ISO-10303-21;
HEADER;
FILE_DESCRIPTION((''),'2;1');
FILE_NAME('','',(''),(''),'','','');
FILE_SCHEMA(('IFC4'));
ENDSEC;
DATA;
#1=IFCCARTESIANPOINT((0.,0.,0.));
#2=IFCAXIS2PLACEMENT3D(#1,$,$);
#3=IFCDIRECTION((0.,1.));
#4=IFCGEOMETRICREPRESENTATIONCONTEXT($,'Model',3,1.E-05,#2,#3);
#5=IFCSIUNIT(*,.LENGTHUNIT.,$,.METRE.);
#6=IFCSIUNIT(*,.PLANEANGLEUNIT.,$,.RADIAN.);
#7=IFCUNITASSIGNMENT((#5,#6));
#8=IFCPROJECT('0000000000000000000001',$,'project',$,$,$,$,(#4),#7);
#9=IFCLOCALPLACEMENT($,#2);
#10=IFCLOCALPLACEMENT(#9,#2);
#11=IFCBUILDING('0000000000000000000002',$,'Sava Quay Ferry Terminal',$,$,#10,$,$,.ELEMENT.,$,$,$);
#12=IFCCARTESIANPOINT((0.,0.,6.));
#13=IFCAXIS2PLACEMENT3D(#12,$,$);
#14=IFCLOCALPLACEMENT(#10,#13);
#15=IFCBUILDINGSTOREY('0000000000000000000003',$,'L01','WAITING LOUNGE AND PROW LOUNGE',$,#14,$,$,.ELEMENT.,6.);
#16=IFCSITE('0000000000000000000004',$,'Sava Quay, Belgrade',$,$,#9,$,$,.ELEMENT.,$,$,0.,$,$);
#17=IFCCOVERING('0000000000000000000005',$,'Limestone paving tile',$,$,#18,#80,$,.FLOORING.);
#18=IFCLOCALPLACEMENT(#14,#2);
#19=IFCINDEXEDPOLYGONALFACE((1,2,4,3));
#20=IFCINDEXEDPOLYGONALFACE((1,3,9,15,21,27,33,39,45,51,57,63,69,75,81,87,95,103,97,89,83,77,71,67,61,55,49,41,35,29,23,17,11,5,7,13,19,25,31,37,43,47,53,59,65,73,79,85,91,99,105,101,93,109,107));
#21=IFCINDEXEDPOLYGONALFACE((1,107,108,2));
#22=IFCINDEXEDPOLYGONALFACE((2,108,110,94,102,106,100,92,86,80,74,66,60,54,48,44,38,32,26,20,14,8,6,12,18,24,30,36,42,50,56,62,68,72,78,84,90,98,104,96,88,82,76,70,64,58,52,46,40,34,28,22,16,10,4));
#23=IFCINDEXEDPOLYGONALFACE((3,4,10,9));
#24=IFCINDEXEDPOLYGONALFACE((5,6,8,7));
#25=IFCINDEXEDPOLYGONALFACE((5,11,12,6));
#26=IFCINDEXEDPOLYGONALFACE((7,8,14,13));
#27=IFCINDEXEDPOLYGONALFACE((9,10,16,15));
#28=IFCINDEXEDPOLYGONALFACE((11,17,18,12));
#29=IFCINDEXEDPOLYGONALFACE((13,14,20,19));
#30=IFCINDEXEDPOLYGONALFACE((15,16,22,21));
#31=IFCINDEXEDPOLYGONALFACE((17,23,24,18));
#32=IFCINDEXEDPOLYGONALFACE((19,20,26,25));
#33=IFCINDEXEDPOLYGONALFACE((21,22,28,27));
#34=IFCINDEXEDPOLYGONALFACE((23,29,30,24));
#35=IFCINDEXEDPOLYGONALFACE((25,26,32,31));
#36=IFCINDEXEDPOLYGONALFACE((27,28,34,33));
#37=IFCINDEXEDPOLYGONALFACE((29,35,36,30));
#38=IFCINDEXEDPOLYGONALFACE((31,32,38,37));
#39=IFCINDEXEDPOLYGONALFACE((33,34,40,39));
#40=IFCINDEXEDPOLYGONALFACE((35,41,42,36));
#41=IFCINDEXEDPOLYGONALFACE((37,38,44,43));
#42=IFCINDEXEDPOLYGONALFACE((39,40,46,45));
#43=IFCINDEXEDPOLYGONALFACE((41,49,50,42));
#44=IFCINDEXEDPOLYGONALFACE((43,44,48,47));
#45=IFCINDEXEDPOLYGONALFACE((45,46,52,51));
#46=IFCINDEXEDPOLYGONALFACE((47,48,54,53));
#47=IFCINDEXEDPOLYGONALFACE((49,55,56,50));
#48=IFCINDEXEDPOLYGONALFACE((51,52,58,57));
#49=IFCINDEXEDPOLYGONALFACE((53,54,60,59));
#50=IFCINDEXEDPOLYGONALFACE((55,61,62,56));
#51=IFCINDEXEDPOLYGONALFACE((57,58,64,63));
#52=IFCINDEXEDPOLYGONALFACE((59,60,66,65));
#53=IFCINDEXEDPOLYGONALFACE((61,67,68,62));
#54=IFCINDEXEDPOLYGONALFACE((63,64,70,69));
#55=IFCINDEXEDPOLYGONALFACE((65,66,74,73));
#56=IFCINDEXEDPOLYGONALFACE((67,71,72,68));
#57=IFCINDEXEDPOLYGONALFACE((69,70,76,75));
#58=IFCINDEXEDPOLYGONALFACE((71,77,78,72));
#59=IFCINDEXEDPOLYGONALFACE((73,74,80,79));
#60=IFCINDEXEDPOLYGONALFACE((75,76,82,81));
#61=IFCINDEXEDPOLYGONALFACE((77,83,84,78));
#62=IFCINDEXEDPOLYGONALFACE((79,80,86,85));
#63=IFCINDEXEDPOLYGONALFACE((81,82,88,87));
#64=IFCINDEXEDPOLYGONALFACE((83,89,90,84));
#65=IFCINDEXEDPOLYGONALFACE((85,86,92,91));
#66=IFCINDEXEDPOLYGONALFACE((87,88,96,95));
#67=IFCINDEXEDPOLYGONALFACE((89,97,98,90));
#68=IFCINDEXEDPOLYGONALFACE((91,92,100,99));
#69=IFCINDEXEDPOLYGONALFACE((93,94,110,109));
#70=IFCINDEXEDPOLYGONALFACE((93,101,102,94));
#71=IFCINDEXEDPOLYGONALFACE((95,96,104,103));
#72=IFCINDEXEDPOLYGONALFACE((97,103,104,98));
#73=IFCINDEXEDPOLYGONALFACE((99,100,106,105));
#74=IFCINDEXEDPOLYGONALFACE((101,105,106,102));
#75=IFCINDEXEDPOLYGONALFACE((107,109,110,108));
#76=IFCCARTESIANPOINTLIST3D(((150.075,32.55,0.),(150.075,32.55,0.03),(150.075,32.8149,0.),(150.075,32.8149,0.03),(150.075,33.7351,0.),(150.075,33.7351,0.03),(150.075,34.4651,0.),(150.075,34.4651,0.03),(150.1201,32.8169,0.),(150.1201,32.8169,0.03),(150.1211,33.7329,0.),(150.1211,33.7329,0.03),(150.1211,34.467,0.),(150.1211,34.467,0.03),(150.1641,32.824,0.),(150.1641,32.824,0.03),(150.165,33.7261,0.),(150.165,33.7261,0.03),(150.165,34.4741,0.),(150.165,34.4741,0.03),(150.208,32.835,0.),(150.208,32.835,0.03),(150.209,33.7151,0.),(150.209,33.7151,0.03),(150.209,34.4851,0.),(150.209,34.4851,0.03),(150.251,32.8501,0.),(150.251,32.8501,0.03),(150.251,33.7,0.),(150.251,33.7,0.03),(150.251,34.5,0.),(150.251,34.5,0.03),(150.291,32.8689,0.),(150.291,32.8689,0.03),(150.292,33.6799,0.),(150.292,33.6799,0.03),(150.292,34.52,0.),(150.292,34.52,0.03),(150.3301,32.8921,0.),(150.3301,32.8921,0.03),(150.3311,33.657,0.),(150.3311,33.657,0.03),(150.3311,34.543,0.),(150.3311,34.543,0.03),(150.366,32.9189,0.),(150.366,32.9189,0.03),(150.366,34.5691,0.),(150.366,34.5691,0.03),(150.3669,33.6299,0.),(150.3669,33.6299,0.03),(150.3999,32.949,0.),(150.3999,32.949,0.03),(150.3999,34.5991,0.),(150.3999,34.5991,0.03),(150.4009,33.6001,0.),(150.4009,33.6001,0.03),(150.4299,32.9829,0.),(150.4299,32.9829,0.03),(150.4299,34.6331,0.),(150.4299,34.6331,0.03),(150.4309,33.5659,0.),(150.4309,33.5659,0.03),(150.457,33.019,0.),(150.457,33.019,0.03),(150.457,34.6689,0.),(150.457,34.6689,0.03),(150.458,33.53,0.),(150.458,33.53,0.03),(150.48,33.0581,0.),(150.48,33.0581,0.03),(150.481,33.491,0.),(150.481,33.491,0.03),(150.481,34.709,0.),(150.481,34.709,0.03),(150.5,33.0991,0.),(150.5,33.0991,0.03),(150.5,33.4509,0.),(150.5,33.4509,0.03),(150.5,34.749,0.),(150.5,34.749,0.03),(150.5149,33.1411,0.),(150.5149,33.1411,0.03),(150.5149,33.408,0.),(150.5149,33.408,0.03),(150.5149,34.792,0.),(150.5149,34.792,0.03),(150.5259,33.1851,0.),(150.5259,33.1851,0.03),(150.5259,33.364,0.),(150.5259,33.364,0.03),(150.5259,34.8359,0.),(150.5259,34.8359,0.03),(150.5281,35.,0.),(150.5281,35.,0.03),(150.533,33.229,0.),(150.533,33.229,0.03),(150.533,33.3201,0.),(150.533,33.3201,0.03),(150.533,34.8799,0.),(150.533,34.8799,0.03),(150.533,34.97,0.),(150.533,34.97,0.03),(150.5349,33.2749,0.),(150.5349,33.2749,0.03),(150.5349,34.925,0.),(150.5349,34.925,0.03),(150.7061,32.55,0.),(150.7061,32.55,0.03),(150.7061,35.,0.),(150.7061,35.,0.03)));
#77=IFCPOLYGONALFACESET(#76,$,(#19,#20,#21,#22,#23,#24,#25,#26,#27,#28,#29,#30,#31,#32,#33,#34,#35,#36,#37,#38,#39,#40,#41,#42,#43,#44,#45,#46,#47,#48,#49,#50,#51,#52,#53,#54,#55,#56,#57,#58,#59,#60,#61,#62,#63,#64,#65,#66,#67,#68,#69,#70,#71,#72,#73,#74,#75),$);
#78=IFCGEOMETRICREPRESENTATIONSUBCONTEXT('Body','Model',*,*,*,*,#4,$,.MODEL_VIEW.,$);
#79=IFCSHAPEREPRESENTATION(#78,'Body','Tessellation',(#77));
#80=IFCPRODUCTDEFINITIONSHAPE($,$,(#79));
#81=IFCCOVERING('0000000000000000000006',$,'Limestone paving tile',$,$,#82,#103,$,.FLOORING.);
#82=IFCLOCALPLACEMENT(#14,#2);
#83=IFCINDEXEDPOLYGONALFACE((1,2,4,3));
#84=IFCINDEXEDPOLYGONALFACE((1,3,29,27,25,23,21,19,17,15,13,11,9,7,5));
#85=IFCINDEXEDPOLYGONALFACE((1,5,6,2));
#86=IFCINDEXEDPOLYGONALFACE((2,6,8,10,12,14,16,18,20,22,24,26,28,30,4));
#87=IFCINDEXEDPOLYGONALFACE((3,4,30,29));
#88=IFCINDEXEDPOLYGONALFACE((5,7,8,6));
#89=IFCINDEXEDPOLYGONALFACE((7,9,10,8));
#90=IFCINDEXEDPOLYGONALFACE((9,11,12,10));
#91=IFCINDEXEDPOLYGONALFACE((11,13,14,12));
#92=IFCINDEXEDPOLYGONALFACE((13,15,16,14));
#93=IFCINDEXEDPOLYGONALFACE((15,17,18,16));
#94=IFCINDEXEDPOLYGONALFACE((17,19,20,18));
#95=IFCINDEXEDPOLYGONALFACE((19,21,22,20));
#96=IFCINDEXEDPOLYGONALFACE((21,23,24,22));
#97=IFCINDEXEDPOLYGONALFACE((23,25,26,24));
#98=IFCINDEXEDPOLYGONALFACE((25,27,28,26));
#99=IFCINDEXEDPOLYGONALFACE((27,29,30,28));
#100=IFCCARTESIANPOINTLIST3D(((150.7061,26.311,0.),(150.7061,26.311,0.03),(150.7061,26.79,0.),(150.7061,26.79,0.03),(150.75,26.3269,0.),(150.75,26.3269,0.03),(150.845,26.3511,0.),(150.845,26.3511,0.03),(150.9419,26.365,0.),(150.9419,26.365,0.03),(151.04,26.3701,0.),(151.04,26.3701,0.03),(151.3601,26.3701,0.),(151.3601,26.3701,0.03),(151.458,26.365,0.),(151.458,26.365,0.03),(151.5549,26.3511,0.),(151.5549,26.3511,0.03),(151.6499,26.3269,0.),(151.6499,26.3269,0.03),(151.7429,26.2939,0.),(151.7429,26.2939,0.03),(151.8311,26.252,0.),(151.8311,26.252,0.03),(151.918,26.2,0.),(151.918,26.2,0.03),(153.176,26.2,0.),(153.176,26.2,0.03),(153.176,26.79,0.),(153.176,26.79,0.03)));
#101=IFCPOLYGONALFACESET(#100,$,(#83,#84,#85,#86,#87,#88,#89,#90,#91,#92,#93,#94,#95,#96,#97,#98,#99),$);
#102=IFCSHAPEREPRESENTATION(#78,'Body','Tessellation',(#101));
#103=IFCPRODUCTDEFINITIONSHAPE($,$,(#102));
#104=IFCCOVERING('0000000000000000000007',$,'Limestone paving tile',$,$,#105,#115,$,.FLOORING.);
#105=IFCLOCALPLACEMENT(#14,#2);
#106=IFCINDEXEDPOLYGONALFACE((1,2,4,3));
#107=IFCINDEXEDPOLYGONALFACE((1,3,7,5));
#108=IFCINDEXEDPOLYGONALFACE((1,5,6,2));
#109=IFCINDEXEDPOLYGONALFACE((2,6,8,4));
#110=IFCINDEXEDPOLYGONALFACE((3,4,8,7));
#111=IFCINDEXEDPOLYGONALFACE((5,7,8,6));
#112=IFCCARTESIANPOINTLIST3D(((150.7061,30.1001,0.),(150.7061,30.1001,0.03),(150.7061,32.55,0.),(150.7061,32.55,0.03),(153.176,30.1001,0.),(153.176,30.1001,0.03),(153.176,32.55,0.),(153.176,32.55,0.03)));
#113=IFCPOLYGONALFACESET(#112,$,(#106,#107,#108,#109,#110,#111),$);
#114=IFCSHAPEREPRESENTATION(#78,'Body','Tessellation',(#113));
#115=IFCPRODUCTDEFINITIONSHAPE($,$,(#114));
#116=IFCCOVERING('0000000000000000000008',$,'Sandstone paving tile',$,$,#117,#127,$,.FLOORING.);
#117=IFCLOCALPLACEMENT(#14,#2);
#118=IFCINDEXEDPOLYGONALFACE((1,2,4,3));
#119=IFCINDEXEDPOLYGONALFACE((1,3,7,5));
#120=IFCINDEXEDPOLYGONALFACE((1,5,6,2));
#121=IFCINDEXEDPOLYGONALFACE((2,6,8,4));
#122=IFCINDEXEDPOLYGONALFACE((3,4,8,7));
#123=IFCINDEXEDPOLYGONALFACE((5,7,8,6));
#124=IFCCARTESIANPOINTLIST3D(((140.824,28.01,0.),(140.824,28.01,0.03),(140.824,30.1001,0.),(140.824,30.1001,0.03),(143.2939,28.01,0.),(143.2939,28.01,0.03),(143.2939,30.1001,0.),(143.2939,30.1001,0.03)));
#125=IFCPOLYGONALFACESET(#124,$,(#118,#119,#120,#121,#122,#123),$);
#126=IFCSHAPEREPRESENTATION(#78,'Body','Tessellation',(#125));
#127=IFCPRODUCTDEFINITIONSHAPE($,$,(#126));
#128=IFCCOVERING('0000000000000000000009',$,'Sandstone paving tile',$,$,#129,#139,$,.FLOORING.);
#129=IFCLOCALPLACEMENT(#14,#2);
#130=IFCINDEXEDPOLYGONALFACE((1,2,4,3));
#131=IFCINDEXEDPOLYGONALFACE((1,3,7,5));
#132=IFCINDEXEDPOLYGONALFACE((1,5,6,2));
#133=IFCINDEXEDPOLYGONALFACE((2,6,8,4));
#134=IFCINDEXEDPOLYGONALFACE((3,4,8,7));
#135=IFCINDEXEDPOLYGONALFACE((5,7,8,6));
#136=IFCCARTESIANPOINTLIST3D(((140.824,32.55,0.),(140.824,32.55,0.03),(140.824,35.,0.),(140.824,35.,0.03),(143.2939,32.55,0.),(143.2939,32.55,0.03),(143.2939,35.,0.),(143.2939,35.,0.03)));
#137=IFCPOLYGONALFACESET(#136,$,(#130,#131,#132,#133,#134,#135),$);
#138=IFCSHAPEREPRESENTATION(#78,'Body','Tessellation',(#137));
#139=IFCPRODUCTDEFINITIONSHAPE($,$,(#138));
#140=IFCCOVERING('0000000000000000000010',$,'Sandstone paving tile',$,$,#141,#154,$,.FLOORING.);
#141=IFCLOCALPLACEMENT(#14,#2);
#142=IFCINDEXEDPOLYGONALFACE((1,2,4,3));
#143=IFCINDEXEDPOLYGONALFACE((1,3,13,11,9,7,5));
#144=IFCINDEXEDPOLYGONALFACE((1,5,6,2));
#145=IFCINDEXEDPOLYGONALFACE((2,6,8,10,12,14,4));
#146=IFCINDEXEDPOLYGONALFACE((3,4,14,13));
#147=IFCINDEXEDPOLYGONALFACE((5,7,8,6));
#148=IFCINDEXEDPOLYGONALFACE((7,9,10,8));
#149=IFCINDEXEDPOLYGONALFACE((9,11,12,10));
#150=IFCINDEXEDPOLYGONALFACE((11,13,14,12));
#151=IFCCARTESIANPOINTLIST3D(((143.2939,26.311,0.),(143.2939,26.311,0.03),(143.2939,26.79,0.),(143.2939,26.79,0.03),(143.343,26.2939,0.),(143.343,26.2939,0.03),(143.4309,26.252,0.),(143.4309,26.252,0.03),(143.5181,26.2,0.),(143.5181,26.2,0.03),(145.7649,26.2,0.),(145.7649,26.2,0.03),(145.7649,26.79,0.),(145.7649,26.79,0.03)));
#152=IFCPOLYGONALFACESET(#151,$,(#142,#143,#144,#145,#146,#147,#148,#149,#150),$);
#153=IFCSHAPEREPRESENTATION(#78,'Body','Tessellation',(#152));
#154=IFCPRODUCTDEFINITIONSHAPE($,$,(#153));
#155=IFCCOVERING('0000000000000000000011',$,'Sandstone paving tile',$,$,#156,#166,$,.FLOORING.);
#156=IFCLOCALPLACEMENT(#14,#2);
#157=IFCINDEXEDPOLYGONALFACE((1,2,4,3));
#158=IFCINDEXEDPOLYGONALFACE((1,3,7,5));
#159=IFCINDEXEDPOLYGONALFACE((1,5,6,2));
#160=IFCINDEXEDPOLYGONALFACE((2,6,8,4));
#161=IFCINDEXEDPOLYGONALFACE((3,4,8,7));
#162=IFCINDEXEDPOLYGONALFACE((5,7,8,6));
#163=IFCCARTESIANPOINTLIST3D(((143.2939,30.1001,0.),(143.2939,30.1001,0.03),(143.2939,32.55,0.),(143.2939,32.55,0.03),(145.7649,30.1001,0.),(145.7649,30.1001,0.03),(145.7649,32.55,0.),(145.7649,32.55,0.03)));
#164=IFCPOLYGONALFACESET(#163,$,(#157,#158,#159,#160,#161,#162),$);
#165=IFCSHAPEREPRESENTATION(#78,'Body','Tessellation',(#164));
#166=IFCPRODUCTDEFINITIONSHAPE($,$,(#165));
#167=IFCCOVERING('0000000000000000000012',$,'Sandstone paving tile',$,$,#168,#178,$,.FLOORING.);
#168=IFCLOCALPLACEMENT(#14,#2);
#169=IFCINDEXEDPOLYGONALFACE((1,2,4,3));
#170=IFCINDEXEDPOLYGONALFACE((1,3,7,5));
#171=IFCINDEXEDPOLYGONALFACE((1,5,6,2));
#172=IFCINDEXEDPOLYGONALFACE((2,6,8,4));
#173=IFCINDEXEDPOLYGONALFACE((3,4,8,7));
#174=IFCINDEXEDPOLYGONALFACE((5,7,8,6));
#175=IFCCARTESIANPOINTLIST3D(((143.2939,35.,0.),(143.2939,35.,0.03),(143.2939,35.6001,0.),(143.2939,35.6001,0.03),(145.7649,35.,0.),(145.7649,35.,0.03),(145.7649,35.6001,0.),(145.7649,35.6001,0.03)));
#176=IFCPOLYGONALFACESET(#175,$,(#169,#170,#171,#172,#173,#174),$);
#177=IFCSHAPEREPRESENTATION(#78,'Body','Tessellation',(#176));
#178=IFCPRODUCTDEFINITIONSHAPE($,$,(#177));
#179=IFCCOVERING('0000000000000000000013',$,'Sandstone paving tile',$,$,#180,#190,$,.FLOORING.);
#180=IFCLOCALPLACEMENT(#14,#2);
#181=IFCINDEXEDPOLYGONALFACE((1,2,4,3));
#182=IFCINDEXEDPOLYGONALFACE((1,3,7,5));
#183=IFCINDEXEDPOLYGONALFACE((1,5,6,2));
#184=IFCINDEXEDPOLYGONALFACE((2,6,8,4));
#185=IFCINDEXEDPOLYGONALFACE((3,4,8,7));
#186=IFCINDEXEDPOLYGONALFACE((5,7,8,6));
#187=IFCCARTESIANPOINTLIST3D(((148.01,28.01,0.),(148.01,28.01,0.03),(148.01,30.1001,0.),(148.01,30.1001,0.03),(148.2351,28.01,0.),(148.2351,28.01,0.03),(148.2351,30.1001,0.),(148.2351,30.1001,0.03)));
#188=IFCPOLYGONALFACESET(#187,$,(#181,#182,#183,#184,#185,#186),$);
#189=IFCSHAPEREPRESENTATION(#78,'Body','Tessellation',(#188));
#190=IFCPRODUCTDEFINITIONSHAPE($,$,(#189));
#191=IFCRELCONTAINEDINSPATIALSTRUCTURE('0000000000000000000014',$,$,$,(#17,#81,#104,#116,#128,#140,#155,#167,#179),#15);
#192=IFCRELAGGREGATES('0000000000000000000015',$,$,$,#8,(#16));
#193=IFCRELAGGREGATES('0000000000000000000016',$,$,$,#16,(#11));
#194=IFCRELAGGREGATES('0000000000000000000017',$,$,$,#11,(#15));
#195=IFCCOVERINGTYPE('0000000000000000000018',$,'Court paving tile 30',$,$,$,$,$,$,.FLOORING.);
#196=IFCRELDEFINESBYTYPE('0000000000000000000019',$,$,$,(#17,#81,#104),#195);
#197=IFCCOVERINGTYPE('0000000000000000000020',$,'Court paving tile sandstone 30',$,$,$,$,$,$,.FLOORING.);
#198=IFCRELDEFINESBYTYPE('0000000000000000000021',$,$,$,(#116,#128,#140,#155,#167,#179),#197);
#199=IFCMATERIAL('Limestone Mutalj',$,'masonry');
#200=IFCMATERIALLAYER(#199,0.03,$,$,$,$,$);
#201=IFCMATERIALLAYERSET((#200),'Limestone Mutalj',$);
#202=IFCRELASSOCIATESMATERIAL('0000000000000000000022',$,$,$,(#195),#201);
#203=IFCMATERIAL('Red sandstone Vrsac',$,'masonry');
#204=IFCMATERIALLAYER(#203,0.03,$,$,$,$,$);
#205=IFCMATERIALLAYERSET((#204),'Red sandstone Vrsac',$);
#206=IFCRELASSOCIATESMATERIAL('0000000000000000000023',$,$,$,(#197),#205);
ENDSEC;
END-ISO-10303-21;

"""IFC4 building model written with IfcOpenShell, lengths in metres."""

from ifc_helpers import new_model, si_unit, direction, frame, origin, place, context, subcontext, project, spatial, polyline, outline, extrude, material, layer, layer_set, type_object, element, save


model = new_model("IFC4")

# Units and contexts
model_context = context("Model", 3, precision=1e-05, world=origin(), true_north=direction((0.0, 1.0)))
body_context = subcontext(model_context, "Body", "Model", "MODEL_VIEW")
ifc_project = project(units=[si_unit("LENGTHUNIT", "METRE"), si_unit("PLANEANGLEUNIT", "RADIAN")], contexts=[model_context])

# Site, building, storey
site_placement = place(None, origin())
site = spatial("IfcSite", under=ifc_project, at=site_placement, Name="Sava Quay, Belgrade", CompositionType="ELEMENT", RefElevation=0.0)
building_placement = place(site_placement, origin())
building = spatial("IfcBuilding", under=site, at=building_placement, Name="Sava Quay Ferry Terminal", CompositionType="ELEMENT")
storey_placement = place(building_placement, frame((0.0, 0.0, 6.0)))
storey = spatial("IfcBuildingStorey", under=building, at=storey_placement, Name="L01", Description="WAITING LOUNGE AND PROW LOUNGE", CompositionType="ELEMENT", Elevation=6.0)

# Coverings
ifc_material_1 = material(Name="Limestone Mutalj", Category="masonry")
ifc_layer_1 = layer(ifc_material_1, 0.03)
ifc_layer_set_1 = layer_set([ifc_layer_1], Name="Limestone Mutalj")
covering_type_1 = type_object("IfcCoveringType", Name="Court paving tile 30", PredefinedType="FLOORING", material=ifc_layer_set_1)
covering_1_placement = place(storey_placement, origin())
element("IfcCovering", 1, at=covering_1_placement, inside=storey, type_object=covering_type_1, Name="Limestone paving tile", PredefinedType="FLOORING", context=body_context, shape_type="SweptSolid", body=[
    extrude(outline(polyline([(150.7061, 32.55), (150.7061, 35.0), (150.5281, 35.0), (150.533, 34.97), (150.5349, 34.925), (150.533, 34.8799), (150.5259, 34.8359), (150.5149, 34.792), (150.5, 34.749), (150.481, 34.709), (150.457, 34.6689), (150.4299, 34.6331), (150.3999, 34.5991), (150.366, 34.5691), (150.3311, 34.543), (150.292, 34.52), (150.251, 34.5), (150.209, 34.4851), (150.165, 34.4741), (150.1211, 34.467), (150.075, 34.4651), (150.075, 33.7351), (150.1211, 33.7329), (150.165, 33.7261), (150.209, 33.7151), (150.251, 33.7), (150.292, 33.6799), (150.3311, 33.657), (150.3669, 33.6299), (150.4009, 33.6001), (150.4309, 33.5659), (150.458, 33.53), (150.481, 33.491), (150.5, 33.4509), (150.5149, 33.408), (150.5259, 33.364), (150.533, 33.3201), (150.5349, 33.2749), (150.533, 33.229), (150.5259, 33.1851), (150.5149, 33.1411), (150.5, 33.0991), (150.48, 33.0581), (150.457, 33.019), (150.4299, 32.9829), (150.3999, 32.949), (150.366, 32.9189), (150.3301, 32.8921), (150.291, 32.8689), (150.251, 32.8501), (150.208, 32.835), (150.1641, 32.824), (150.1201, 32.8169), (150.075, 32.8149), (150.075, 32.55), (150.7061, 32.55)])), origin(), (0.0, 0.0, 1.0), 0.03),
])
covering_2_placement = place(storey_placement, origin())
element("IfcCovering", 2, at=covering_2_placement, inside=storey, type_object=covering_type_1, Name="Limestone paving tile", PredefinedType="FLOORING", context=body_context, shape_type="SweptSolid", body=[
    extrude(outline(polyline([(153.176, 26.2), (153.176, 26.79), (150.7061, 26.79), (150.7061, 26.311), (150.75, 26.3269), (150.845, 26.3511), (150.9419, 26.365), (151.04, 26.3701), (151.3601, 26.3701), (151.458, 26.365), (151.5549, 26.3511), (151.6499, 26.3269), (151.7429, 26.2939), (151.8311, 26.252), (151.918, 26.2), (153.176, 26.2)])), origin(), (0.0, 0.0, 1.0), 0.03),
])
covering_3_placement = place(storey_placement, origin())
element("IfcCovering", 3, at=covering_3_placement, inside=storey, type_object=covering_type_1, Name="Limestone paving tile", PredefinedType="FLOORING", context=body_context, shape_type="SweptSolid", body=[
    extrude(outline(polyline([(150.7061, 30.1001), (153.176, 30.1001), (153.176, 32.55), (150.7061, 32.55), (150.7061, 30.1001)])), origin(), (0.0, 0.0, 1.0), 0.03),
])
ifc_material_2 = material(Name="Red sandstone Vrsac", Category="masonry")
ifc_layer_2 = layer(ifc_material_2, 0.03)
ifc_layer_set_2 = layer_set([ifc_layer_2], Name="Red sandstone Vrsac")
covering_type_2 = type_object("IfcCoveringType", Name="Court paving tile sandstone 30", PredefinedType="FLOORING", material=ifc_layer_set_2)
covering_4_placement = place(storey_placement, origin())
element("IfcCovering", 4, at=covering_4_placement, inside=storey, type_object=covering_type_2, Name="Sandstone paving tile", PredefinedType="FLOORING", context=body_context, shape_type="SweptSolid", body=[
    extrude(outline(polyline([(140.824, 30.1001), (140.824, 28.01), (143.2939, 28.01), (143.2939, 30.1001), (140.824, 30.1001)])), origin(), (0.0, 0.0, 1.0), 0.03),
])
covering_5_placement = place(storey_placement, origin())
element("IfcCovering", 5, at=covering_5_placement, inside=storey, type_object=covering_type_2, Name="Sandstone paving tile", PredefinedType="FLOORING", context=body_context, shape_type="SweptSolid", body=[
    extrude(outline(polyline([(140.824, 32.55), (143.2939, 32.55), (143.2939, 35.0), (140.824, 35.0), (140.824, 32.55)])), origin(), (0.0, 0.0, 1.0), 0.03),
])
covering_6_placement = place(storey_placement, origin())
element("IfcCovering", 6, at=covering_6_placement, inside=storey, type_object=covering_type_2, Name="Sandstone paving tile", PredefinedType="FLOORING", context=body_context, shape_type="SweptSolid", body=[
    extrude(outline(polyline([(145.7649, 26.2), (145.7649, 26.79), (143.2939, 26.79), (143.2939, 26.311), (143.343, 26.2939), (143.4309, 26.252), (143.5181, 26.2), (145.7649, 26.2)])), origin(), (0.0, 0.0, 1.0), 0.03),
])
covering_7_placement = place(storey_placement, origin())
element("IfcCovering", 7, at=covering_7_placement, inside=storey, type_object=covering_type_2, Name="Sandstone paving tile", PredefinedType="FLOORING", context=body_context, shape_type="SweptSolid", body=[
    extrude(outline(polyline([(143.2939, 30.1001), (145.7649, 30.1001), (145.7649, 32.55), (143.2939, 32.55), (143.2939, 30.1001)])), origin(), (0.0, 0.0, 1.0), 0.03),
])
covering_8_placement = place(storey_placement, origin())
element("IfcCovering", 8, at=covering_8_placement, inside=storey, type_object=covering_type_2, Name="Sandstone paving tile", PredefinedType="FLOORING", context=body_context, shape_type="SweptSolid", body=[
    extrude(outline(polyline([(145.7649, 35.0), (145.7649, 35.6001), (143.2939, 35.6001), (143.2939, 35.0), (145.7649, 35.0)])), origin(), (0.0, 0.0, 1.0), 0.03),
])
covering_9_placement = place(storey_placement, origin())
element("IfcCovering", 9, at=covering_9_placement, inside=storey, type_object=covering_type_2, Name="Sandstone paving tile", PredefinedType="FLOORING", context=body_context, shape_type="SweptSolid", body=[
    extrude(outline(polyline([(148.2351, 30.1001), (148.01, 30.1001), (148.01, 28.01), (148.2351, 28.01), (148.2351, 30.1001)])), origin(), (0.0, 0.0, 1.0), 0.03),
])

save(model, "model.ifc")
